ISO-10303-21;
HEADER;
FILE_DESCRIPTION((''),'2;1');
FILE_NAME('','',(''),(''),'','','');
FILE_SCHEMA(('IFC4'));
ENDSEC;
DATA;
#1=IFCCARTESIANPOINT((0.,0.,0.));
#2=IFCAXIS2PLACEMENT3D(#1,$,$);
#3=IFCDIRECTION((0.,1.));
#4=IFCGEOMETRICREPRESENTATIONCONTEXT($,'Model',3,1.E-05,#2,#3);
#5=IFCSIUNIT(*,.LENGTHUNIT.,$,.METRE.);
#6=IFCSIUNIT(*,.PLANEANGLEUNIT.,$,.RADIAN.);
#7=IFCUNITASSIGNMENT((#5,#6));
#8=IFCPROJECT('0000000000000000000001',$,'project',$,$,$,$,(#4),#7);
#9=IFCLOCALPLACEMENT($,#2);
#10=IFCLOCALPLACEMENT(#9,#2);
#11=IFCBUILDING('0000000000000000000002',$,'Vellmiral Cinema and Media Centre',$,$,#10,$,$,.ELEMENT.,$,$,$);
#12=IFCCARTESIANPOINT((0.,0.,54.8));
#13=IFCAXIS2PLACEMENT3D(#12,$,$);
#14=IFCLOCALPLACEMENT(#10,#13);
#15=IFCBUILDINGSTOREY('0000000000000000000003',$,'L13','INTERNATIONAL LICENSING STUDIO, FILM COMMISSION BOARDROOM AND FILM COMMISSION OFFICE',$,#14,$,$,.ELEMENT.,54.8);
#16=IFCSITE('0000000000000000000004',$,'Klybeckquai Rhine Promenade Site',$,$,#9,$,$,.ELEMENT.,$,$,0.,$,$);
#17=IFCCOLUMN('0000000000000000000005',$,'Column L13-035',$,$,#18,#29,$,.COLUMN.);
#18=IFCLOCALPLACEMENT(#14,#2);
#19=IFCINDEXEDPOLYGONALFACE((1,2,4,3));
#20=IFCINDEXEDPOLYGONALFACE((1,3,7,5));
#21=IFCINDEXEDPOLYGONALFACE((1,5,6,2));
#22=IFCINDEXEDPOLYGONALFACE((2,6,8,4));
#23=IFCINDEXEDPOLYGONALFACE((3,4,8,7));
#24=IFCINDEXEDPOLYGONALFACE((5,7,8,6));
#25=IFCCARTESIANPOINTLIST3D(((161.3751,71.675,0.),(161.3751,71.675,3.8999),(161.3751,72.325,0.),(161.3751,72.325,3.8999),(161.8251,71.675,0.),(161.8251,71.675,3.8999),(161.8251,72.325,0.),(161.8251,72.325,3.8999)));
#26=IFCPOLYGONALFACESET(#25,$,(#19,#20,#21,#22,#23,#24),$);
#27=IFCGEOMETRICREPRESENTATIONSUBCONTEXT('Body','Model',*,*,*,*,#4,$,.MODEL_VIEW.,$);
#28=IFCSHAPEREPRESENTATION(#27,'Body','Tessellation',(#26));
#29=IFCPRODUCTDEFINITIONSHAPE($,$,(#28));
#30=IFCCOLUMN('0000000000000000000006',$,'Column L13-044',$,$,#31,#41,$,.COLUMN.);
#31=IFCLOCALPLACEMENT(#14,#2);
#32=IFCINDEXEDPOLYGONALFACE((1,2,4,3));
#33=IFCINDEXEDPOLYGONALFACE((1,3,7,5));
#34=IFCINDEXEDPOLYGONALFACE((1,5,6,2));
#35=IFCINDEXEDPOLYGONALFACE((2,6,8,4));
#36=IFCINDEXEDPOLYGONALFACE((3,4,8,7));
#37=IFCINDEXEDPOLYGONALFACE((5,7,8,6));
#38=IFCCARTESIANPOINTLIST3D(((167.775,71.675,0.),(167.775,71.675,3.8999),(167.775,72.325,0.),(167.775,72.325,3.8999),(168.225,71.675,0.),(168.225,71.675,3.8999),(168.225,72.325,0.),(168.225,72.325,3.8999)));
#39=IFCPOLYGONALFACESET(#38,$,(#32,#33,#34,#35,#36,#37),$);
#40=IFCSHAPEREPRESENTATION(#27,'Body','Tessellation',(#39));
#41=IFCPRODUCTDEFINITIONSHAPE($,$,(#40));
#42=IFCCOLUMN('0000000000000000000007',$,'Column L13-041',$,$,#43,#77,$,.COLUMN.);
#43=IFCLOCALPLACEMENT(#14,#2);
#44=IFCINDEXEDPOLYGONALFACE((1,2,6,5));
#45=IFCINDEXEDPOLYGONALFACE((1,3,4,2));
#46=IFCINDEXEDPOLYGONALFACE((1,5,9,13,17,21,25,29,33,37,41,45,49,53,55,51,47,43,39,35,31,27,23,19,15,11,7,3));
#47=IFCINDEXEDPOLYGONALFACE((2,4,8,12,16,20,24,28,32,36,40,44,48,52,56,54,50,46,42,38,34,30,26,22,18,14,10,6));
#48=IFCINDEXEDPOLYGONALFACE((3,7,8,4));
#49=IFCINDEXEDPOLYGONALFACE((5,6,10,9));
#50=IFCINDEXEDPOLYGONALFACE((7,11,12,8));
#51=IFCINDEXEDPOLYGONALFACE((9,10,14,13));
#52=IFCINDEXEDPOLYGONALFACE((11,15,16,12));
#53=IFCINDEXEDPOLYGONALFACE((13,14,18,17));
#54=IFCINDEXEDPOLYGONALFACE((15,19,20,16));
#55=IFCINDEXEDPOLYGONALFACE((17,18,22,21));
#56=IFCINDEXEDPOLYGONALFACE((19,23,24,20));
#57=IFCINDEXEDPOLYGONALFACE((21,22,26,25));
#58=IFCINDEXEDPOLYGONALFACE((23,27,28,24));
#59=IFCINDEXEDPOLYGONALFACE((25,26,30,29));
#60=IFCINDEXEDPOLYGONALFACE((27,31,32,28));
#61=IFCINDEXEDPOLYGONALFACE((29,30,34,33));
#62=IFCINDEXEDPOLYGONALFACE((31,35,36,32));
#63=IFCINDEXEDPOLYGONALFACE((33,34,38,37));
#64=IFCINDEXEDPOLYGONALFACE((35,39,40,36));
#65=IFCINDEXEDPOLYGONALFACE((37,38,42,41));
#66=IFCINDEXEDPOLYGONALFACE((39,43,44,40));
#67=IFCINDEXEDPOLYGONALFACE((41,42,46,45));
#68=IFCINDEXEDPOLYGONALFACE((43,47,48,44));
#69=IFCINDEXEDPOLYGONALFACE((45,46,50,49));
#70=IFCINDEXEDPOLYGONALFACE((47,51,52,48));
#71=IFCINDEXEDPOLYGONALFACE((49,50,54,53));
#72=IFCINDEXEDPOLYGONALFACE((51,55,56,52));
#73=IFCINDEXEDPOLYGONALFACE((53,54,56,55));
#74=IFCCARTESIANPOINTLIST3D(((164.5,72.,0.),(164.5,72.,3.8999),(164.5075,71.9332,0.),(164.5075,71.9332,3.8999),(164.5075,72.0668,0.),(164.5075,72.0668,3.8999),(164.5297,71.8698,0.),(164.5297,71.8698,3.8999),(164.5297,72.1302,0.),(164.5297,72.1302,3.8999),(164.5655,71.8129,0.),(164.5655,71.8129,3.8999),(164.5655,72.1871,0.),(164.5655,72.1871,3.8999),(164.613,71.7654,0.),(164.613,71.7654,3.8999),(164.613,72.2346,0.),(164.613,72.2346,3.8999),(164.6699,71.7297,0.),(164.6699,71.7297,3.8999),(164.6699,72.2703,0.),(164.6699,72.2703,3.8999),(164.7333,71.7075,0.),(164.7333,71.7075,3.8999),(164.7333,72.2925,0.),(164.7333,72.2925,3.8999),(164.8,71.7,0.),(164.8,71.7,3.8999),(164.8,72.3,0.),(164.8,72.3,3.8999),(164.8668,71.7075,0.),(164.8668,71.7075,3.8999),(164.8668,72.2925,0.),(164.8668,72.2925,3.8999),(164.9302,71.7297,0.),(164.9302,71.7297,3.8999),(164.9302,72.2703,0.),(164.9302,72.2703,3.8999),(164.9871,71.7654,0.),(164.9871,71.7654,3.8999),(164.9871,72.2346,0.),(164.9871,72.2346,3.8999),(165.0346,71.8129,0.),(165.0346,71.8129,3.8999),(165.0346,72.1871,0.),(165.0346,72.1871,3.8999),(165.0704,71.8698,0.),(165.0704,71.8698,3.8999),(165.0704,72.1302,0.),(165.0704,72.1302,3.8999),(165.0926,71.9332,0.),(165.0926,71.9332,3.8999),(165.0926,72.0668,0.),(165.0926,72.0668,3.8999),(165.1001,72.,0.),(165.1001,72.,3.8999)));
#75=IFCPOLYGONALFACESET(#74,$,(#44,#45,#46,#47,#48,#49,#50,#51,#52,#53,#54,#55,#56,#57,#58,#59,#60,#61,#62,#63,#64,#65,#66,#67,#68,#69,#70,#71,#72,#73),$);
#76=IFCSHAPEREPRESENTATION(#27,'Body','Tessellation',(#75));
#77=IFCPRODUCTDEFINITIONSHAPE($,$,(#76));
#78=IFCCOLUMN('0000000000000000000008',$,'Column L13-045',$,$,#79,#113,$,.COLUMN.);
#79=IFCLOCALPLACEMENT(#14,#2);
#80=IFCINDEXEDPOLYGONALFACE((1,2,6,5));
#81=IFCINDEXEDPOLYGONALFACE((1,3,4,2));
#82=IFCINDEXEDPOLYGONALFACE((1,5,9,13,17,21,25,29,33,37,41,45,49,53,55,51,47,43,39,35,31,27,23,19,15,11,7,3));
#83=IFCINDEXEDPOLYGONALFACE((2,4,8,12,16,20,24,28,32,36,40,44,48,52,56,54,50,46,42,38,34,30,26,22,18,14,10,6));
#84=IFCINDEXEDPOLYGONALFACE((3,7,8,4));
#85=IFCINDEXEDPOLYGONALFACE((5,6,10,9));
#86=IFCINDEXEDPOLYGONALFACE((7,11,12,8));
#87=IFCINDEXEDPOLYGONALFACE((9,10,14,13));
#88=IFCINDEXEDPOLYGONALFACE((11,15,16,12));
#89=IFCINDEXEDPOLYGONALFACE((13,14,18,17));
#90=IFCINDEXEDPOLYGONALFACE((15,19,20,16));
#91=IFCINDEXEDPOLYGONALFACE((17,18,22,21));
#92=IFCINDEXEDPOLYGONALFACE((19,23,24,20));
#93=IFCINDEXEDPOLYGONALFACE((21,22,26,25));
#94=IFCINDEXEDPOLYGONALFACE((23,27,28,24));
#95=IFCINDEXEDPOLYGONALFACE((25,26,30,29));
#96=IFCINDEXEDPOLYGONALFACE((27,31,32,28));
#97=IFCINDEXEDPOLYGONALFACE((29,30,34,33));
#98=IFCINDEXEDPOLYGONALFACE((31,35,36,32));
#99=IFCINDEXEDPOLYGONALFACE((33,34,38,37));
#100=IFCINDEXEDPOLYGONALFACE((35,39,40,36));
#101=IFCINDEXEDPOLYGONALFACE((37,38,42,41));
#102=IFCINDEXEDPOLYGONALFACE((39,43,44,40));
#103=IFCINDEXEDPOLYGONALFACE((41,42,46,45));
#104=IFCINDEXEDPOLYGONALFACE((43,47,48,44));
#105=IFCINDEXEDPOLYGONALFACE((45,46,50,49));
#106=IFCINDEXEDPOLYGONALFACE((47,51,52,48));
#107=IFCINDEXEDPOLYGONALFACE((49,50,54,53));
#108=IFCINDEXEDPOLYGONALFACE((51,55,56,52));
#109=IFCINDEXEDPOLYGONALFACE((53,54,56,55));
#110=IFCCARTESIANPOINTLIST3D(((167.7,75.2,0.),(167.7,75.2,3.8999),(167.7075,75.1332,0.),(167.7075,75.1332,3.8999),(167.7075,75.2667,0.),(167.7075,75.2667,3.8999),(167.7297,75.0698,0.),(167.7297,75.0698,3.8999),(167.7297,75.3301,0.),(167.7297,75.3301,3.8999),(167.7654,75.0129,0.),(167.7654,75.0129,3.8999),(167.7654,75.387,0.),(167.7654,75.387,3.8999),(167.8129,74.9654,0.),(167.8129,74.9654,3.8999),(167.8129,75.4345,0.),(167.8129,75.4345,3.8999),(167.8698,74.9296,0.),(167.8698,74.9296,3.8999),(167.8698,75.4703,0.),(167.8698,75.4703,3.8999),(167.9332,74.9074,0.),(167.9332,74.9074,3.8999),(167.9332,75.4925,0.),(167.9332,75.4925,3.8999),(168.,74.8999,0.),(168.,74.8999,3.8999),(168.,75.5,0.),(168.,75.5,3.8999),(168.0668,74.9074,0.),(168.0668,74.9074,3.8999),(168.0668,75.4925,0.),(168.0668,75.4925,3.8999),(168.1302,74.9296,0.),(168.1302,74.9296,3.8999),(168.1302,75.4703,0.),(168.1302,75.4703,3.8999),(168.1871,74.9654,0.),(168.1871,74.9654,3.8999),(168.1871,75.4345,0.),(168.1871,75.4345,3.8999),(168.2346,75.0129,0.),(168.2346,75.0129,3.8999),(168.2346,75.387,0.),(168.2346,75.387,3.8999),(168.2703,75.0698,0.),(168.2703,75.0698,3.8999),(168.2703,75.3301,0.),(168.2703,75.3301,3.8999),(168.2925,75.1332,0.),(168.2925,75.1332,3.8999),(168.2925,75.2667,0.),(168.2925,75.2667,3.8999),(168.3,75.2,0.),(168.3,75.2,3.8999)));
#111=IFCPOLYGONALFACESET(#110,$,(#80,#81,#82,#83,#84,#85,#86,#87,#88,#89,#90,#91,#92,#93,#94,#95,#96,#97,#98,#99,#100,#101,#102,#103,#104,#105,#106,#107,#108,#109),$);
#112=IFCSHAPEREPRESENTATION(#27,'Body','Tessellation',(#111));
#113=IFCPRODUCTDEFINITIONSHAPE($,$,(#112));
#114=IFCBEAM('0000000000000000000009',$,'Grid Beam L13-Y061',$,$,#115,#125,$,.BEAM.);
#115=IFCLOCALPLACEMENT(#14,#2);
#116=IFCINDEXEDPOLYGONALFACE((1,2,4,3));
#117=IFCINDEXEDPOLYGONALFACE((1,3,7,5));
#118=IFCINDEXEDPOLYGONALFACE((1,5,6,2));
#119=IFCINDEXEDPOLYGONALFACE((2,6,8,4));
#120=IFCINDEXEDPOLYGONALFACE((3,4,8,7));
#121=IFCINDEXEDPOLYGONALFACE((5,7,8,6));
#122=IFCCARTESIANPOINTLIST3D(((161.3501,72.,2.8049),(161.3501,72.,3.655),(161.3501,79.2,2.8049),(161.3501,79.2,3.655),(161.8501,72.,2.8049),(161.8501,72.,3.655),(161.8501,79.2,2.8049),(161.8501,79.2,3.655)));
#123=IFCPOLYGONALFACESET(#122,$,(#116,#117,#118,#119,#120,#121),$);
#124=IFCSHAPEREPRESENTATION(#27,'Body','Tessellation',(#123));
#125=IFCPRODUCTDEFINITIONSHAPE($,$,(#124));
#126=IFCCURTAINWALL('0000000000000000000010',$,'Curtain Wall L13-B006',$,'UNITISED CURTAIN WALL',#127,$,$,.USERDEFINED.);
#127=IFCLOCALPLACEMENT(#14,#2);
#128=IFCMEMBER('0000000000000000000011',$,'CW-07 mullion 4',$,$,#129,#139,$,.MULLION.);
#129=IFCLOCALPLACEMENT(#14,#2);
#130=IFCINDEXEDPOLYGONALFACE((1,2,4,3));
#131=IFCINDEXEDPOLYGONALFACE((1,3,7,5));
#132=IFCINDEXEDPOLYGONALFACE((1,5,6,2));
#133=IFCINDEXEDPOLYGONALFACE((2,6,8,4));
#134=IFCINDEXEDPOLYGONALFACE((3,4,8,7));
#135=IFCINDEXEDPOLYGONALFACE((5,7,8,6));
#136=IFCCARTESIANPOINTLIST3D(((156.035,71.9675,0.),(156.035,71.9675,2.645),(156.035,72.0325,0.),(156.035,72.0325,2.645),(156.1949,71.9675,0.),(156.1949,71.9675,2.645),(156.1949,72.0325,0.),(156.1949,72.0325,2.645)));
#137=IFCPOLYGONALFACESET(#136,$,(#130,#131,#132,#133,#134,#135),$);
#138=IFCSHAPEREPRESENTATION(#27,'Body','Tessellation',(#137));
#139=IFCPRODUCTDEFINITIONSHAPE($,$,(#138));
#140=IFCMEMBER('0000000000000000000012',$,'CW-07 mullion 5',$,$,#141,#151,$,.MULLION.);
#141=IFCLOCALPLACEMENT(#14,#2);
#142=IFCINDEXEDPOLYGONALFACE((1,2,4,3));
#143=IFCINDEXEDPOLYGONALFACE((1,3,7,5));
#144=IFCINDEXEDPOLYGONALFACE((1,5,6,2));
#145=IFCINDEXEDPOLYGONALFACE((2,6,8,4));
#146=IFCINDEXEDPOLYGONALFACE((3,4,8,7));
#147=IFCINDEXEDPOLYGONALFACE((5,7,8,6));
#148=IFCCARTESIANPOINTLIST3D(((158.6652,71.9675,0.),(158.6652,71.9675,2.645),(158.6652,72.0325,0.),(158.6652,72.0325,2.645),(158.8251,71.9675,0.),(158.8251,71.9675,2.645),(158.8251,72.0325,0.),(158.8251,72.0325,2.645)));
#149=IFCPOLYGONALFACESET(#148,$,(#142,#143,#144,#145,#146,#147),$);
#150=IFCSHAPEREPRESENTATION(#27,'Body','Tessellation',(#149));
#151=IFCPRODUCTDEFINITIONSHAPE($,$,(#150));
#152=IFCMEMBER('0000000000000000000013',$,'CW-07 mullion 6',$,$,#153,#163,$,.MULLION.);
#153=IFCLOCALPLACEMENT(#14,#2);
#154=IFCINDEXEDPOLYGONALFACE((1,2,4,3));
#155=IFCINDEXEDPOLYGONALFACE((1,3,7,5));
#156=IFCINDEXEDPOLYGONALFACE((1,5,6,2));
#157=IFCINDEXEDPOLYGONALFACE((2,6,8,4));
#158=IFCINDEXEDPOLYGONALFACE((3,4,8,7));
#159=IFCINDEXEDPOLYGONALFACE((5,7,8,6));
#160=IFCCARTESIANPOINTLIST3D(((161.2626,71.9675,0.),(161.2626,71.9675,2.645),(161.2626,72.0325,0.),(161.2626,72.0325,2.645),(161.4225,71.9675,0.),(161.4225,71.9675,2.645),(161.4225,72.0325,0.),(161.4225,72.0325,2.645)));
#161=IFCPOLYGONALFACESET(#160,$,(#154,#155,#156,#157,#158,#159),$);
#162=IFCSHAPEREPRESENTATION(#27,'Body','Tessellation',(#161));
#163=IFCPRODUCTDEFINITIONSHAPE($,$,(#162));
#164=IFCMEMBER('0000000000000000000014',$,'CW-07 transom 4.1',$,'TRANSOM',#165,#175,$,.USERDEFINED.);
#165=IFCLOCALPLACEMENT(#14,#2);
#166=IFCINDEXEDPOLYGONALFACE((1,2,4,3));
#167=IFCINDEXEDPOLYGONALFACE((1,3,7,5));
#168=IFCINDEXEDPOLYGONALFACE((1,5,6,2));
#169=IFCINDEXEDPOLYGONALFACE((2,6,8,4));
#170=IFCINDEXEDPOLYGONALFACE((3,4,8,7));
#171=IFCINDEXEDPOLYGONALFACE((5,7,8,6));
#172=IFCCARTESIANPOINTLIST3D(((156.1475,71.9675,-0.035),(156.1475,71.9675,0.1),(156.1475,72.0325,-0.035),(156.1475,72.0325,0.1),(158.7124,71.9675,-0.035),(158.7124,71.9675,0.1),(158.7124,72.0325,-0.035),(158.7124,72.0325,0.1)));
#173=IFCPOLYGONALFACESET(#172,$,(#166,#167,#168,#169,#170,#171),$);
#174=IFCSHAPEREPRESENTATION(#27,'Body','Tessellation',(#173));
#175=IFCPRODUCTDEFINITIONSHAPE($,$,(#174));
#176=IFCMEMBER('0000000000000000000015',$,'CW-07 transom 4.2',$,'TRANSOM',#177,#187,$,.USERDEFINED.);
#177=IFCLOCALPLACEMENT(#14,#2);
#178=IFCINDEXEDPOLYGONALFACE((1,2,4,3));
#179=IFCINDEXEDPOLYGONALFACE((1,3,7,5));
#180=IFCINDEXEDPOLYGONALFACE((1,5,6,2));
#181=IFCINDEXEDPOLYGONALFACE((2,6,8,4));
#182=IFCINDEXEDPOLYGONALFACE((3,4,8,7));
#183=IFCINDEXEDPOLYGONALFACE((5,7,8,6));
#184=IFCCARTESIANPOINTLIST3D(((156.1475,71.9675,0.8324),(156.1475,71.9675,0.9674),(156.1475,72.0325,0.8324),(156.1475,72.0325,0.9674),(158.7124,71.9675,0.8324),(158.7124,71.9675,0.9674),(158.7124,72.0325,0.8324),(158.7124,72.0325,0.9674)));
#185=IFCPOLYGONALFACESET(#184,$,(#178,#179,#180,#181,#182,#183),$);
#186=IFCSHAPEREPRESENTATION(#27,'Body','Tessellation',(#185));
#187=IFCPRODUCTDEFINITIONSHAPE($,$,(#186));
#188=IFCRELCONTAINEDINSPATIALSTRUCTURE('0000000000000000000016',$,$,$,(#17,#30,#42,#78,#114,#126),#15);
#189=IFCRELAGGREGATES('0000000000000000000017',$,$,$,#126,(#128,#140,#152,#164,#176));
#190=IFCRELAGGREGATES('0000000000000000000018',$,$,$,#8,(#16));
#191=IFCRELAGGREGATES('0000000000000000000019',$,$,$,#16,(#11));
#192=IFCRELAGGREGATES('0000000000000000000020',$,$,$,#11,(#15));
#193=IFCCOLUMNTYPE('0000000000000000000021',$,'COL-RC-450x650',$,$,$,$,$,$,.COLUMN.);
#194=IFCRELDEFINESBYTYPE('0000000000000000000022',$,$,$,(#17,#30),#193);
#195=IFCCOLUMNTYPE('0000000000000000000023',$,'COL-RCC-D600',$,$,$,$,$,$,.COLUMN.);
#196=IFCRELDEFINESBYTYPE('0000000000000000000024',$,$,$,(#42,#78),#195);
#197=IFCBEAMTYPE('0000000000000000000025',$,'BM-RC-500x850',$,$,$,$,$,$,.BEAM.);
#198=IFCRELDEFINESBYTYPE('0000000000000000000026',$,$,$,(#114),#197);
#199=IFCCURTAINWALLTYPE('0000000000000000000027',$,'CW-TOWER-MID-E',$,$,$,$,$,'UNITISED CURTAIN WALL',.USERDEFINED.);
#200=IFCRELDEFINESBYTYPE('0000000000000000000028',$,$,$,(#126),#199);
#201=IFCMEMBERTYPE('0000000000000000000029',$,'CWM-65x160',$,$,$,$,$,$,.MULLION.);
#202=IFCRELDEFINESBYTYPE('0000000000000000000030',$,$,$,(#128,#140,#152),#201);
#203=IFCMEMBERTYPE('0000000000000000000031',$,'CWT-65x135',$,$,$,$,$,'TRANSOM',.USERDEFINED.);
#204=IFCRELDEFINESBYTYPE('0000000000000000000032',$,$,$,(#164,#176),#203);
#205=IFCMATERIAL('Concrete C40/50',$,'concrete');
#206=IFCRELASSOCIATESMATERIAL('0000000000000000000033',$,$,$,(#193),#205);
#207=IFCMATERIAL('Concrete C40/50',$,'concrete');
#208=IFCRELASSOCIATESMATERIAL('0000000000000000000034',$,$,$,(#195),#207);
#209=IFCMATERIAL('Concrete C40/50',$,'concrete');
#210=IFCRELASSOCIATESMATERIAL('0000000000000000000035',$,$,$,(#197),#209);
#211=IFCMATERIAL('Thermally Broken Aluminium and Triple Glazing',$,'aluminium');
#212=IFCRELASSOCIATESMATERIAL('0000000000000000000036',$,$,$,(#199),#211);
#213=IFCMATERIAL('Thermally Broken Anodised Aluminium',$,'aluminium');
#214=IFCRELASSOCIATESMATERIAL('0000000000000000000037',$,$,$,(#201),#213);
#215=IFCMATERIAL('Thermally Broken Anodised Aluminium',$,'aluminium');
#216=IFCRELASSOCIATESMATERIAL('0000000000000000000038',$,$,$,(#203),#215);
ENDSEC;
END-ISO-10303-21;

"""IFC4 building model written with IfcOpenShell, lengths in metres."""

from ifc_helpers import new_model, si_unit, direction, frame, origin, origin_2d, place, context, subcontext, project, spatial, rectangle, circle, extrude, material, material_profile, profile_set, type_object, element, aggregate, save


model = new_model("IFC4")

# Units and contexts
model_context = context("Model", 3, precision=1e-05, world=origin(), true_north=direction((0.0, 1.0)))
body_context = subcontext(model_context, "Body", "Model", "MODEL_VIEW")
ifc_project = project(units=[si_unit("LENGTHUNIT", "METRE"), si_unit("PLANEANGLEUNIT", "RADIAN")], contexts=[model_context])

# Site, building, storey
site_placement = place(None, origin())
site = spatial("IfcSite", under=ifc_project, at=site_placement, Name="Klybeckquai Rhine Promenade Site", CompositionType="ELEMENT", RefElevation=0.0)
building_placement = place(site_placement, origin())
building = spatial("IfcBuilding", under=site, at=building_placement, Name="Vellmiral Cinema and Media Centre", CompositionType="ELEMENT")
storey_placement = place(building_placement, frame((0.0, 0.0, 54.8)))
storey = spatial("IfcBuildingStorey", under=building, at=storey_placement, Name="L13", Description="INTERNATIONAL LICENSING STUDIO, FILM COMMISSION BOARDROOM AND FILM COMMISSION OFFICE", CompositionType="ELEMENT", Elevation=54.8)

# Columns
ifc_material_1 = material(Name="Concrete C40/50", Category="concrete")
ifc_material_profile_1 = material_profile(ifc_material_1, rectangle(XDim=0.45, YDim=0.6499, at=origin_2d()), Name="RC 450x650")
ifc_profile_set_1 = profile_set([ifc_material_profile_1], Name="Concrete C40/50")
column_type_1 = type_object("IfcColumnType", Name="COL-RC-450x650", PredefinedType="COLUMN", material=ifc_profile_set_1)
for number, where, z_axis, x_axis, name in (
    (1, (161.6001, 72.0, 0.0), (0.0, 0.0, 1.0), (1.0, 0.0, 0.0), "Column L13-035"),
    (2, (168.0, 72.0, 0.0), (0.0, 0.0, 1.0), (1.0, 0.0, 0.0), "Column L13-044"),
):
    element("IfcColumn", number, at=place(storey_placement, frame(where, z_axis=z_axis, x_axis=x_axis)), inside=storey, type_object=column_type_1, Name=name, PredefinedType="COLUMN", context=body_context, shape_type="SweptSolid", body=[
        extrude(rectangle(XDim=0.45, YDim=0.6499, at=origin_2d()), origin(), (0.0, 0.0, 1.0), 3.8999),
    ])
ifc_material_2 = material(Name="Concrete C40/50", Category="concrete")
ifc_material_profile_2 = material_profile(ifc_material_2, circle(Radius=0.3, at=origin_2d()), Name="RC D600")
ifc_profile_set_2 = profile_set([ifc_material_profile_2], Name="Concrete C40/50")
column_type_2 = type_object("IfcColumnType", Name="COL-RCC-D600", PredefinedType="COLUMN", material=ifc_profile_set_2)
for number, where, z_axis, x_axis, name in (
    (3, (164.8, 72.0, 0.0), (0.0, 0.0, 1.0), (1.0, 0.0, 0.0), "Column L13-041"),
    (4, (168.0, 75.2, 0.0), (0.0, 0.0, 1.0), (1.0, 0.0, 0.0), "Column L13-045"),
):
    element("IfcColumn", number, at=place(storey_placement, frame(where, z_axis=z_axis, x_axis=x_axis)), inside=storey, type_object=column_type_2, Name=name, PredefinedType="COLUMN", context=body_context, shape_type="SweptSolid", body=[
        extrude(circle(Radius=0.3, at=origin_2d()), origin(), (0.0, 0.0, 1.0), 3.8999),
    ])

# Beam
ifc_material_3 = material(Name="Concrete C40/50", Category="concrete")
ifc_material_profile_3 = material_profile(ifc_material_3, rectangle(XDim=0.5, YDim=0.8501, at=origin_2d()), Name="RC 500x850")
ifc_profile_set_3 = profile_set([ifc_material_profile_3], Name="Concrete C40/50")
beam_type_1 = type_object("IfcBeamType", Name="BM-RC-500x850", PredefinedType="BEAM", material=ifc_profile_set_3)
beam_1_placement = place(storey_placement, frame((161.6001, 72.0, 3.23), z_axis=(0.0, 1.0, 0.0), x_axis=(-1.0, 0.0, 0.0)))
element("IfcBeam", 5, at=beam_1_placement, inside=storey, type_object=beam_type_1, Name="Grid Beam L13-Y061", PredefinedType="BEAM", context=body_context, shape_type="SweptSolid", body=[
    extrude(rectangle(XDim=0.5, YDim=0.8501, at=origin_2d()), origin(), (0.0, 0.0, 1.0), 7.2),
])

# Curtain wall, members
ifc_material_4 = material(Name="Thermally Broken Aluminium and Triple Glazing", Category="aluminium")
curtain_wall_type = type_object("IfcCurtainWallType", Name="CW-TOWER-MID-E", ElementType="UNITISED CURTAIN WALL", PredefinedType="USERDEFINED", material=ifc_material_4)
curtain_wall_placement = place(storey_placement, origin())
curtain_wall = element("IfcCurtainWall", 6, at=curtain_wall_placement, inside=storey, type_object=curtain_wall_type, Name="Curtain Wall L13-B006", ObjectType="UNITISED CURTAIN WALL", PredefinedType="USERDEFINED")
ifc_material_5 = material(Name="Thermally Broken Anodised Aluminium", Category="aluminium")
ifc_material_profile_4 = material_profile(ifc_material_5, rectangle(XDim=0.0649, YDim=0.1599, at=origin_2d()), Name="MULL 65x160")
ifc_profile_set_4 = profile_set([ifc_material_profile_4], Name="Thermally Broken Anodised Aluminium")
member_type_1 = type_object("IfcMemberType", Name="CWM-65x160", PredefinedType="MULLION", material=ifc_profile_set_4)
member_1_placement = place(storey_placement, frame((156.115, 72.0, 0.0), z_axis=(0.0, 0.0, 1.0), x_axis=(0.0, 1.0, 0.0)))
member_1 = element("IfcMember", 7, at=member_1_placement, type_object=member_type_1, Name="CW-07 mullion 4", PredefinedType="MULLION", context=body_context, shape_type="SweptSolid", body=[
    extrude(rectangle(XDim=0.0649, YDim=0.1599, at=origin_2d()), origin(), (0.0, 0.0, 1.0), 2.645),
])
member_2_placement = place(storey_placement, frame((158.7451, 72.0, 0.0), z_axis=(0.0, 0.0, 1.0), x_axis=(0.0, 1.0, 0.0)))
member_2 = element("IfcMember", 8, at=member_2_placement, type_object=member_type_1, Name="CW-07 mullion 5", PredefinedType="MULLION", context=body_context, shape_type="SweptSolid", body=[
    extrude(rectangle(XDim=0.0649, YDim=0.1599, at=origin_2d()), origin(), (0.0, 0.0, 1.0), 2.645),
])
member_3_placement = place(storey_placement, frame((161.3425, 72.0, 0.0), z_axis=(0.0, 0.0, 1.0), x_axis=(0.0, 1.0, 0.0)))
member_3 = element("IfcMember", 9, at=member_3_placement, type_object=member_type_1, Name="CW-07 mullion 6", PredefinedType="MULLION", context=body_context, shape_type="SweptSolid", body=[
    extrude(rectangle(XDim=0.0649, YDim=0.1599, at=origin_2d()), origin(), (0.0, 0.0, 1.0), 2.645),
])
ifc_material_6 = material(Name="Thermally Broken Anodised Aluminium", Category="aluminium")
ifc_material_profile_5 = material_profile(ifc_material_6, rectangle(XDim=0.0649, YDim=0.135, at=origin_2d()), Name="MULL 65x135")
ifc_profile_set_5 = profile_set([ifc_material_profile_5], Name="Thermally Broken Anodised Aluminium")
member_type_2 = type_object("IfcMemberType", Name="CWT-65x135", ElementType="TRANSOM", PredefinedType="USERDEFINED", material=ifc_profile_set_5)
member_4_placement = place(storey_placement, frame((156.1475, 72.0, 0.0325), z_axis=(1.0, 0.0, 0.0), x_axis=(0.0, 1.0, 0.0)))
member_4 = element("IfcMember", 10, at=member_4_placement, type_object=member_type_2, Name="CW-07 transom 4.1", ObjectType="TRANSOM", PredefinedType="USERDEFINED", context=body_context, shape_type="SweptSolid", body=[
    extrude(rectangle(XDim=0.0649, YDim=0.135, at=origin_2d()), origin(), (0.0, 0.0, 1.0), 2.5649),
])
member_5_placement = place(storey_placement, frame((156.1475, 72.0, 0.8999), z_axis=(1.0, 0.0, 0.0), x_axis=(0.0, 1.0, 0.0)))
member_5 = element("IfcMember", 11, at=member_5_placement, type_object=member_type_2, Name="CW-07 transom 4.2", ObjectType="TRANSOM", PredefinedType="USERDEFINED", context=body_context, shape_type="SweptSolid", body=[
    extrude(rectangle(XDim=0.0649, YDim=0.135, at=origin_2d()), origin(), (0.0, 0.0, 1.0), 2.5649),
])

aggregate(curtain_wall, [member_1, member_2, member_3, member_4, member_5])

save(model, "model.ifc")
